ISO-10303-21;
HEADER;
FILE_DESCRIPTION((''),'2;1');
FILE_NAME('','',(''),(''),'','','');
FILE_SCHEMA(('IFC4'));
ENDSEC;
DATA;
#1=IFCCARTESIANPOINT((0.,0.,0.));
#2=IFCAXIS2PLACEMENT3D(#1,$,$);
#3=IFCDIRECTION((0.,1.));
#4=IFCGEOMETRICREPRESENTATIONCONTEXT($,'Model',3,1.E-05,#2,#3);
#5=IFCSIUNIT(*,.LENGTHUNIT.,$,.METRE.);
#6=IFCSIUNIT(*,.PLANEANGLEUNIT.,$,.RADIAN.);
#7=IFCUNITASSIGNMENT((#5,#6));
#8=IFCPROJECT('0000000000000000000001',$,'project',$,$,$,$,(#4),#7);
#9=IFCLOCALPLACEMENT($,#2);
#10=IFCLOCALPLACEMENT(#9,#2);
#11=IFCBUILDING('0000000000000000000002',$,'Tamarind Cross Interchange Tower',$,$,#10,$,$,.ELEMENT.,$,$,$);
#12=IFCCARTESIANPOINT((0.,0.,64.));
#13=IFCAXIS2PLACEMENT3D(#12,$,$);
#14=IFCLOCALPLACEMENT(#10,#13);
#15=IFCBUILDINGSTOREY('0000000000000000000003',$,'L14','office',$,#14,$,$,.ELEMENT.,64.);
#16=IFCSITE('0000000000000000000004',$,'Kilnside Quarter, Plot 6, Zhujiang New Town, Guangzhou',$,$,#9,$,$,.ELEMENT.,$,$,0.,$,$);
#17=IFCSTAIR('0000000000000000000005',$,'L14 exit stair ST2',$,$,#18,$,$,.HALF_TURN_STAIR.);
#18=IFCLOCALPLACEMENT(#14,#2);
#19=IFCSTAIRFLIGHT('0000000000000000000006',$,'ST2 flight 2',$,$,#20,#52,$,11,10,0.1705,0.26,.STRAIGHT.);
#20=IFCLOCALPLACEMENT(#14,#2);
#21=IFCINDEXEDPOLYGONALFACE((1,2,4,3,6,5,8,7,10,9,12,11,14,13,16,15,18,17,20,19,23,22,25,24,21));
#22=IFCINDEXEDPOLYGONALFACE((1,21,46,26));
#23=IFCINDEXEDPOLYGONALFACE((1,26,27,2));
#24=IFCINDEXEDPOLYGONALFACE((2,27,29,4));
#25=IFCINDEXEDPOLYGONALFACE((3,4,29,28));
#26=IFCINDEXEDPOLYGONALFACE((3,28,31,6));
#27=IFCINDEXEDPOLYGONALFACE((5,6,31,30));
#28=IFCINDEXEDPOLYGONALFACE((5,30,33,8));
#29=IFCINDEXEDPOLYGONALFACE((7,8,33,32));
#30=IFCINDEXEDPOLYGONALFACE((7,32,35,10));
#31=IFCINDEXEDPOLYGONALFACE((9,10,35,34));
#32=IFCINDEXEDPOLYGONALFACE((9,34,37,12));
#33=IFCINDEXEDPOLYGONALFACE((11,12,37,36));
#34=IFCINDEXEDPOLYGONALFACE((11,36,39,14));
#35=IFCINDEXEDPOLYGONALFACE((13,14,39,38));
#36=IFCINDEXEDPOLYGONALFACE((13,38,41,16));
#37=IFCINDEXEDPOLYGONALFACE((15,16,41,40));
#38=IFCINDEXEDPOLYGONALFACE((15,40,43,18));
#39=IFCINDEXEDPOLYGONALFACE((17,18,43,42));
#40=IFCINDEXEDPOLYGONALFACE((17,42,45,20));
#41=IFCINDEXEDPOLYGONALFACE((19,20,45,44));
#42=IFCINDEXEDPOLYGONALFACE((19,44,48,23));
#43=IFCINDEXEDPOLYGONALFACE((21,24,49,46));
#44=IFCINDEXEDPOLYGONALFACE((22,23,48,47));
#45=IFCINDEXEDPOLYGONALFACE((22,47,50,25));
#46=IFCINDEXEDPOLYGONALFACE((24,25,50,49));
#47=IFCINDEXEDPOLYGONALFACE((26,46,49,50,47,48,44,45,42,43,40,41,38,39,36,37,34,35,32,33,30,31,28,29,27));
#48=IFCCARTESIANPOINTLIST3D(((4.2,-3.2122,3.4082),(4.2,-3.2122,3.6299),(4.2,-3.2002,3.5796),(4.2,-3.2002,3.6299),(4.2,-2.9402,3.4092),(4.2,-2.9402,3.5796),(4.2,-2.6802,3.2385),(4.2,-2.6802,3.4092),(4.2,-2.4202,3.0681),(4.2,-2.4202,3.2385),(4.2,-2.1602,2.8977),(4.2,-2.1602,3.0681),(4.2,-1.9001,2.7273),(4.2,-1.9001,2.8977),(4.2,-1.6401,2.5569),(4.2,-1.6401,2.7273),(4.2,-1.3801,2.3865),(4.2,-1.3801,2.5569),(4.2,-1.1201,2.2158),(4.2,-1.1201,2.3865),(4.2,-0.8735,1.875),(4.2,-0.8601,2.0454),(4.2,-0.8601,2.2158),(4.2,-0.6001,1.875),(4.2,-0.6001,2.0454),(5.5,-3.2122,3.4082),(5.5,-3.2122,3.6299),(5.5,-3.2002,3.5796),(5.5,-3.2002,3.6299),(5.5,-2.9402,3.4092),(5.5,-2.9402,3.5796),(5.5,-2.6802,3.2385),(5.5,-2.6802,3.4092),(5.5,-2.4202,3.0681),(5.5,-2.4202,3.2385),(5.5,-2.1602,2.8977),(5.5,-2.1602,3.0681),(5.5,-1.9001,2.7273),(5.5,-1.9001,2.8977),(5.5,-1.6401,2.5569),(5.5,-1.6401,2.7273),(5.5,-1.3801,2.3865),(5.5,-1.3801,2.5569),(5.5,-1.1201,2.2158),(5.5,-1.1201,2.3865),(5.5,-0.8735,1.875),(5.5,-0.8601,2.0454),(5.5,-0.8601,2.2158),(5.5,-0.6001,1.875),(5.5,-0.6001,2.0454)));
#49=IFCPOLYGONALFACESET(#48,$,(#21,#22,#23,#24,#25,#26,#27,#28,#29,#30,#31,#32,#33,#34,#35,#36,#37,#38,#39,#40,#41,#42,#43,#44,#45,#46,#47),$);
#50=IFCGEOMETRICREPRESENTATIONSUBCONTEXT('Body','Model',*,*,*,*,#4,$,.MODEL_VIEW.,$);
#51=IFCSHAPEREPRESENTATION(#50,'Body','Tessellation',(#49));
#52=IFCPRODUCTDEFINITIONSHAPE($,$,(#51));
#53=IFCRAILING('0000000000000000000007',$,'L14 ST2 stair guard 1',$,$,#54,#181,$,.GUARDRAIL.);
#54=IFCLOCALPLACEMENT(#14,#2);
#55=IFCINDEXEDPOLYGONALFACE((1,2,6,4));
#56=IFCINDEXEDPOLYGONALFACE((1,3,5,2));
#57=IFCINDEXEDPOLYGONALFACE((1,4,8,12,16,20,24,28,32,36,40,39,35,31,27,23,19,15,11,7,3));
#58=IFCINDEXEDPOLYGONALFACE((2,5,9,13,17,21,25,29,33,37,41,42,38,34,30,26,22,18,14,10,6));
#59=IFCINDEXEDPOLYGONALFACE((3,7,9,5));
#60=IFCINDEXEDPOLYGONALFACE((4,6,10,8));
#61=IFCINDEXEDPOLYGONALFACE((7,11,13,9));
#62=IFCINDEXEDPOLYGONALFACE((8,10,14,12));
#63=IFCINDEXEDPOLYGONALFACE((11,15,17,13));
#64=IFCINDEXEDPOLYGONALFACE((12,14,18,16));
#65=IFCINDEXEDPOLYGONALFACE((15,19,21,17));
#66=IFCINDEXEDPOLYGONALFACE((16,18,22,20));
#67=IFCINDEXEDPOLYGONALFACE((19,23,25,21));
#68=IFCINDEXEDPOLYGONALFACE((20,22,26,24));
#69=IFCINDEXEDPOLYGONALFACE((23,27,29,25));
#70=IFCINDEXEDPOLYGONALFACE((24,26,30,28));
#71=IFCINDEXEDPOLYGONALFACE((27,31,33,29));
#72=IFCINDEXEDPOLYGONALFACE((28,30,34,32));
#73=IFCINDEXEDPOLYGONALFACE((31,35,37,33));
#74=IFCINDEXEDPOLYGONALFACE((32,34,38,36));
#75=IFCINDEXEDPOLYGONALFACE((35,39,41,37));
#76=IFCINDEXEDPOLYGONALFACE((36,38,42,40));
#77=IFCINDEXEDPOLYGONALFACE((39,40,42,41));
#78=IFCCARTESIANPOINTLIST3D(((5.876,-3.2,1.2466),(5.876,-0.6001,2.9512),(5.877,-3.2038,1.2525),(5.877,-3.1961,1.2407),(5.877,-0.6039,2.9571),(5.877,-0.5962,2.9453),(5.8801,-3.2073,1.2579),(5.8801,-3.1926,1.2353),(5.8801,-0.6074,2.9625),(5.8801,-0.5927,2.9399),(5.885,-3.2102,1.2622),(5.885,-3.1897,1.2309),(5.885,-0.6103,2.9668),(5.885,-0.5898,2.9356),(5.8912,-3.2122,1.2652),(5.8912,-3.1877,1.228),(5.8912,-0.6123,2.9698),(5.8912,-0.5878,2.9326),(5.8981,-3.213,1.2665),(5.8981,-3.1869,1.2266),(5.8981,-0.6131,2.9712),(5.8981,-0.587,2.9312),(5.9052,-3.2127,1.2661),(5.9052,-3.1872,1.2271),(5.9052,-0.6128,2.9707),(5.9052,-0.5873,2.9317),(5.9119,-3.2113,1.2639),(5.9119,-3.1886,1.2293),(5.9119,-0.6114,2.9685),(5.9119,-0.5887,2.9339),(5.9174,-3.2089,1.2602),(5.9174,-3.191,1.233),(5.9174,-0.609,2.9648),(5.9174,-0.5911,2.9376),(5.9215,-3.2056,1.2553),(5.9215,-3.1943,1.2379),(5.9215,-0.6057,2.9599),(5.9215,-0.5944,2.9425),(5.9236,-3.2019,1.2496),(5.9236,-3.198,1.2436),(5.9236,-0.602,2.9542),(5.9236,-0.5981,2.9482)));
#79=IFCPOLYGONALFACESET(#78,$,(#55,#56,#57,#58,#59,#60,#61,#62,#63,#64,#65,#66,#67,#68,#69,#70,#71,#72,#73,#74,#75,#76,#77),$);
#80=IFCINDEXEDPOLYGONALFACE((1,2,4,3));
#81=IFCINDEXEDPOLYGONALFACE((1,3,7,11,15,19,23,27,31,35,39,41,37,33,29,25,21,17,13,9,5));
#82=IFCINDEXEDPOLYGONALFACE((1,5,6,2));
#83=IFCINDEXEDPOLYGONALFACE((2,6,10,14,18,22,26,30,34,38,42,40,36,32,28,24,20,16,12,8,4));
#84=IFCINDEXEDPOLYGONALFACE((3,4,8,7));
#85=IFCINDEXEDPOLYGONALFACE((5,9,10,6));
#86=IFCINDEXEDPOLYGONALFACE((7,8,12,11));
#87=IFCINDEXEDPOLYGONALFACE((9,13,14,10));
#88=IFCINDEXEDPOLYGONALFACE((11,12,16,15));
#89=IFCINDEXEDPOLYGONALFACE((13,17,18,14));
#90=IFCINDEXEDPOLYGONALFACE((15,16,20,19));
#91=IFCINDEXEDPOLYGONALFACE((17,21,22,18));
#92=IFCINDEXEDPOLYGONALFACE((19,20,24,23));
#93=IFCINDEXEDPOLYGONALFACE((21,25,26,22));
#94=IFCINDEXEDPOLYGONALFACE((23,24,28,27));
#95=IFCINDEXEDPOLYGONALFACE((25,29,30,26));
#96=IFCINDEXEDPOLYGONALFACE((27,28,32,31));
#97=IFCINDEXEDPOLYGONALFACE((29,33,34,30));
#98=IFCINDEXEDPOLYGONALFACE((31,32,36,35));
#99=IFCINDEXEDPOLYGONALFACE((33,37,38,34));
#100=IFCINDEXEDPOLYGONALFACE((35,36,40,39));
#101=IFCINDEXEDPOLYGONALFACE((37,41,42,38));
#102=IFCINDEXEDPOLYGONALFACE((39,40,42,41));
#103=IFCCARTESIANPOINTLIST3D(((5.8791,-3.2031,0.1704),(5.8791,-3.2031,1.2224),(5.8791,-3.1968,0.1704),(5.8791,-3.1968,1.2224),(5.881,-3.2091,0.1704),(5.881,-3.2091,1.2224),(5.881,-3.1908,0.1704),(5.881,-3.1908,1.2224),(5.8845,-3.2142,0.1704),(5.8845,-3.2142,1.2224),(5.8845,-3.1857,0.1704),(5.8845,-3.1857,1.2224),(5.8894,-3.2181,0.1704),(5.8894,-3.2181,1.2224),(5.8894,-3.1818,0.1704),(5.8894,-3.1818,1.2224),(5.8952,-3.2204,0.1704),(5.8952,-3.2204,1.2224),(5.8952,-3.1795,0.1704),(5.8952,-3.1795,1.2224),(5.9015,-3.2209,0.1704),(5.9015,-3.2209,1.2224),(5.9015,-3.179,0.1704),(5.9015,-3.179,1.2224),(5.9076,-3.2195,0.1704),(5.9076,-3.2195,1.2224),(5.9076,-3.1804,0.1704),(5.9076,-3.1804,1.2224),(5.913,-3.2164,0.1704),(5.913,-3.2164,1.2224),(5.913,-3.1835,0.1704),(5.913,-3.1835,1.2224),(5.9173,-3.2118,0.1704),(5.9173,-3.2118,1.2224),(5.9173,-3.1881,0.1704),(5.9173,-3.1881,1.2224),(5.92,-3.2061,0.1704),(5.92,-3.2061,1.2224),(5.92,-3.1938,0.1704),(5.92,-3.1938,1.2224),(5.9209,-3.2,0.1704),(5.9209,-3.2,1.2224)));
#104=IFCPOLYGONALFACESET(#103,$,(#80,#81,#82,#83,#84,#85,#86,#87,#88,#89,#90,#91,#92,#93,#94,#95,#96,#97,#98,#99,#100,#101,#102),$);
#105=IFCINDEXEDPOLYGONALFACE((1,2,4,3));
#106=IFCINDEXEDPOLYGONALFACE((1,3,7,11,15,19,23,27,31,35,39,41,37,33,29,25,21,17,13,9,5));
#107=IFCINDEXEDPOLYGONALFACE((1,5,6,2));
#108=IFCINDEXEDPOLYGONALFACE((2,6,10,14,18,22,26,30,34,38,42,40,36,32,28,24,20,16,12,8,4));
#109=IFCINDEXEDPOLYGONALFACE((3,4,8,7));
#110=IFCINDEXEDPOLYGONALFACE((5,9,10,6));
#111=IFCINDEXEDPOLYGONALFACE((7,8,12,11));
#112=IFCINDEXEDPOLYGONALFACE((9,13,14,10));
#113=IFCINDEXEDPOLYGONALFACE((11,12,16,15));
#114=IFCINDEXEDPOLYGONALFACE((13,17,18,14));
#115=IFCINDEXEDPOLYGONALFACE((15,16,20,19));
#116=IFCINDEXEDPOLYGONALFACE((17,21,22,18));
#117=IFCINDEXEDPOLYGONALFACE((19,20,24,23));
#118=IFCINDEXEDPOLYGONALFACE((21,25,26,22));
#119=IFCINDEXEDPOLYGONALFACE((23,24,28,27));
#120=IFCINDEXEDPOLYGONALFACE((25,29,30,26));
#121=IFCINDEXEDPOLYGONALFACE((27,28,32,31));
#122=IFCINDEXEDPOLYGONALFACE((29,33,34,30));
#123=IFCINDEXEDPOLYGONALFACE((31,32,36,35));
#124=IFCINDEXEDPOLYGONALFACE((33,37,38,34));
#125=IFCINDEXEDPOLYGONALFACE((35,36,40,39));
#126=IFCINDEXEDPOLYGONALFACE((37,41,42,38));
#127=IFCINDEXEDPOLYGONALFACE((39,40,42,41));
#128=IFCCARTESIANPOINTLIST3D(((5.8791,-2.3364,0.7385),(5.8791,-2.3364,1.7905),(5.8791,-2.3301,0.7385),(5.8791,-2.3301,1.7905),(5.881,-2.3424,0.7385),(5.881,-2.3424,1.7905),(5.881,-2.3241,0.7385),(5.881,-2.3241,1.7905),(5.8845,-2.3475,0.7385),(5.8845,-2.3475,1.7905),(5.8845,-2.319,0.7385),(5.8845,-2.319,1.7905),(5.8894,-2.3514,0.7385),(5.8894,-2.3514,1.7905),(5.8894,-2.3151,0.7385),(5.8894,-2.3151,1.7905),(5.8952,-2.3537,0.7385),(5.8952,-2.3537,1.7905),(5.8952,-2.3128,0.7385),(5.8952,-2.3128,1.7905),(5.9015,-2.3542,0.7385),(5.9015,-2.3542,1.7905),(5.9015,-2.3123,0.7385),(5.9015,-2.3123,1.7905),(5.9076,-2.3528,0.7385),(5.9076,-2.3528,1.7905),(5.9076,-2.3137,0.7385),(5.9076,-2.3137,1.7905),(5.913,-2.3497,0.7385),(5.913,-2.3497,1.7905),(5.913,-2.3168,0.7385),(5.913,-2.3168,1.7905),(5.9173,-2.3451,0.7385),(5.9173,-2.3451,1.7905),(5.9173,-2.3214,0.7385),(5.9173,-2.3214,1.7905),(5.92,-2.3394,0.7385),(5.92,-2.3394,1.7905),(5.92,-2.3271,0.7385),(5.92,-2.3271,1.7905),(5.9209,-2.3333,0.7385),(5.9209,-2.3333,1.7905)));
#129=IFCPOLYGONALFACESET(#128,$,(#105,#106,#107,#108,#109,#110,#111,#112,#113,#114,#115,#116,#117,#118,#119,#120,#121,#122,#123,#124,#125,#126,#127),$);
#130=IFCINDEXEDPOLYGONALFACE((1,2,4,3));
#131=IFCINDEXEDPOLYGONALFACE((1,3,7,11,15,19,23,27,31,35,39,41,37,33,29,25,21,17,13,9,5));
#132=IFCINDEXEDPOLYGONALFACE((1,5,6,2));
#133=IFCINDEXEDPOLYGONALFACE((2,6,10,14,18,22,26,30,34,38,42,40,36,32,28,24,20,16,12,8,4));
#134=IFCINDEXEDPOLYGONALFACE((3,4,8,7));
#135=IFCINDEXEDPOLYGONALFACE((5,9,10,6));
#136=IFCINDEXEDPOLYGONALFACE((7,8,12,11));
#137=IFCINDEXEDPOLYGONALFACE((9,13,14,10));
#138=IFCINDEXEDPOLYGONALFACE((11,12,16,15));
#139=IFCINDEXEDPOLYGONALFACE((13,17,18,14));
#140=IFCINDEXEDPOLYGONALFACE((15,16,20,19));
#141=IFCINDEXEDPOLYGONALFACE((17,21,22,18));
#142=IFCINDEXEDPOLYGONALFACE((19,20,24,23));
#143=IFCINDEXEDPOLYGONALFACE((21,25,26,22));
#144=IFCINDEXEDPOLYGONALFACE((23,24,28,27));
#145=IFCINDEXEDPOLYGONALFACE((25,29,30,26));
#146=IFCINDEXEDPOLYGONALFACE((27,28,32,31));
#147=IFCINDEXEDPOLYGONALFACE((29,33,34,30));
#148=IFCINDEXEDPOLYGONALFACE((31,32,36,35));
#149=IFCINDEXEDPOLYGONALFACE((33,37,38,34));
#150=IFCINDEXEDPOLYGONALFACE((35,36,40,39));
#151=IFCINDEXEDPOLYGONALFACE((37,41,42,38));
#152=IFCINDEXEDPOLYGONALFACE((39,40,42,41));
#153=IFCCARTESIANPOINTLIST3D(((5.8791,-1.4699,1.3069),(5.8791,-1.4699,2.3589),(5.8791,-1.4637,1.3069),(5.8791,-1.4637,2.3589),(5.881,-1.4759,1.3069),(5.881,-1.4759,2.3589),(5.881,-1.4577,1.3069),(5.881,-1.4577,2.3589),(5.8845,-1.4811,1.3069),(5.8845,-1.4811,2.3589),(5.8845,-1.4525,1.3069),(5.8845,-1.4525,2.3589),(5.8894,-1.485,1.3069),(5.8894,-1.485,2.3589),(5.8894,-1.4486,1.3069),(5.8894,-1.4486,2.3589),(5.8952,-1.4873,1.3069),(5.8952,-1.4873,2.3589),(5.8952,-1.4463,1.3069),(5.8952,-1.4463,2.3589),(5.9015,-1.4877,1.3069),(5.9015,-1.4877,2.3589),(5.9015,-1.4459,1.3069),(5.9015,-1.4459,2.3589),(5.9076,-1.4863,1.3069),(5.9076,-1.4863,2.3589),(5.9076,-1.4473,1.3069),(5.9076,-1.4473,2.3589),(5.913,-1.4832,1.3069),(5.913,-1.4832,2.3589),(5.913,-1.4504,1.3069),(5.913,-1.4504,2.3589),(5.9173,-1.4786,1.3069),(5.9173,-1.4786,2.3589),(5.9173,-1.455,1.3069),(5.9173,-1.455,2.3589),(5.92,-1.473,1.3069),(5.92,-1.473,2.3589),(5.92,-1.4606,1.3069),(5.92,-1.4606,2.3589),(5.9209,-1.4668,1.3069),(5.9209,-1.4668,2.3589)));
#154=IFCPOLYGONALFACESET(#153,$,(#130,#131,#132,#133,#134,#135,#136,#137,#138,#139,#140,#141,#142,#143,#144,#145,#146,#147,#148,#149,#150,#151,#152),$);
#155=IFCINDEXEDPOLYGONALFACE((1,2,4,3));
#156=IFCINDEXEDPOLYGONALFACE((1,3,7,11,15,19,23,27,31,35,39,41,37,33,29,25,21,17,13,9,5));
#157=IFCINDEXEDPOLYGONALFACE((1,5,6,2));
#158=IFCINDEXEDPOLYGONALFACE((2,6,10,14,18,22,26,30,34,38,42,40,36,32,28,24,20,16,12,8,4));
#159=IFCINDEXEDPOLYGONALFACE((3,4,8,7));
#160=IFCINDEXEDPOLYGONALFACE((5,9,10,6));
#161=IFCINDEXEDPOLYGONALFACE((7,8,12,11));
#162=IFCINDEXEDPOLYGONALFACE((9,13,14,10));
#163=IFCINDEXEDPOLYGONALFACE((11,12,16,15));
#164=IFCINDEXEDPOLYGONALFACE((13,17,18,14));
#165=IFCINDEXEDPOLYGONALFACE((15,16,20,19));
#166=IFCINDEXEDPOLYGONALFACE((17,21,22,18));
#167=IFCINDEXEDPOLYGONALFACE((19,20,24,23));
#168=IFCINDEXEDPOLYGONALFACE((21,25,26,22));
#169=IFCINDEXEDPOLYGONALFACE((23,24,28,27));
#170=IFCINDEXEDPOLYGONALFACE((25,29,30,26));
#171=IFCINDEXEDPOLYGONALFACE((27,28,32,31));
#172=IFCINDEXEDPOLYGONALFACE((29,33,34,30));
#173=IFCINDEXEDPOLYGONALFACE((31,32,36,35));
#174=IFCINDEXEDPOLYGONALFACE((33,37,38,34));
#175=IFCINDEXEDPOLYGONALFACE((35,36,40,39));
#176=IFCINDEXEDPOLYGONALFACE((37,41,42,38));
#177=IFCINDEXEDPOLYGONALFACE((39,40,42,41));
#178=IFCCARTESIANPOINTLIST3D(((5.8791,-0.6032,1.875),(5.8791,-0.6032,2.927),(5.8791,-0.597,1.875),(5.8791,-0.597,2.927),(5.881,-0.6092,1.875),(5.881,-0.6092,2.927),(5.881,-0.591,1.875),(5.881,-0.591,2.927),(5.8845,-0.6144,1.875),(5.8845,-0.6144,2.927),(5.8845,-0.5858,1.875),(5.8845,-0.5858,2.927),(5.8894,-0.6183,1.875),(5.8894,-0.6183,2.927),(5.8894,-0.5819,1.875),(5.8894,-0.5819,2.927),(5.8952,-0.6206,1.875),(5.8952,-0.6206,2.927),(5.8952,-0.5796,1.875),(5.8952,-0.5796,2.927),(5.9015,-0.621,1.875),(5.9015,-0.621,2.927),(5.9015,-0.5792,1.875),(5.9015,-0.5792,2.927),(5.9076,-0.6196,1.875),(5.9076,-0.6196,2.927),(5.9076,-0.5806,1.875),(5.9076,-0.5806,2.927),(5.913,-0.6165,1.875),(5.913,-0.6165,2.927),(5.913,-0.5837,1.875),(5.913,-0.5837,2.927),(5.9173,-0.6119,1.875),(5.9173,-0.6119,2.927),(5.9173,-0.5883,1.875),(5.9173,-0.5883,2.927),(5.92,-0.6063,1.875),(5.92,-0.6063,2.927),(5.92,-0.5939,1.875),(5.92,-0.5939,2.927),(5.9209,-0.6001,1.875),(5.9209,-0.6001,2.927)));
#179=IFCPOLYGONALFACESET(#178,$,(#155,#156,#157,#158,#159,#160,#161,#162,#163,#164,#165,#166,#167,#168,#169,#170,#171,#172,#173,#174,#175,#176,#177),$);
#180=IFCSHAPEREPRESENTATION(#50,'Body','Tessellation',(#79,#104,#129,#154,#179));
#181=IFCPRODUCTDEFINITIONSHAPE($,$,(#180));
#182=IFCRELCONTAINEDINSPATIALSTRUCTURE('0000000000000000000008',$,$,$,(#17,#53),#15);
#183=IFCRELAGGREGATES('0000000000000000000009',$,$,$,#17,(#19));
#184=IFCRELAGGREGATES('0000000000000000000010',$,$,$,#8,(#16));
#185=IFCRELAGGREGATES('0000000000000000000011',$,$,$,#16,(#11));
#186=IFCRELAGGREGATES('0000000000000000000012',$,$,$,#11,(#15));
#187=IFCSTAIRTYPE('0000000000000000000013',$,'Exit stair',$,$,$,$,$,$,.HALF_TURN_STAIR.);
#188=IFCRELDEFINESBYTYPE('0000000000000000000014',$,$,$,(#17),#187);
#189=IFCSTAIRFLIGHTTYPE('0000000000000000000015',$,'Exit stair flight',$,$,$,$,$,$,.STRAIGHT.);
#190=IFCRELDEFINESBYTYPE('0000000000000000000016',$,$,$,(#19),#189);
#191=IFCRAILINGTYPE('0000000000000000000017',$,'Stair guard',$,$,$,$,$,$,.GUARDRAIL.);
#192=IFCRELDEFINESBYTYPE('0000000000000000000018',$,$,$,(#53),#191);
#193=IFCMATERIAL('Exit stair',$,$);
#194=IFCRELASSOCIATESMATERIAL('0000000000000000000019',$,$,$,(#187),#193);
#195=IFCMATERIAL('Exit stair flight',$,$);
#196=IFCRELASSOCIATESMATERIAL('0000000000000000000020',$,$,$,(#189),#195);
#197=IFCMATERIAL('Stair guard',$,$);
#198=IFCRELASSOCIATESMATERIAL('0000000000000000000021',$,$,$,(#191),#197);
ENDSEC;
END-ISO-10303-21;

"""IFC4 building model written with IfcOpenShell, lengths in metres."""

from ifc_helpers import new_model, si_unit, direction, frame, origin, origin_2d, place, context, subcontext, project, spatial, polyline, circle, outline, extrude, material, type_object, element, aggregate, save


model = new_model("IFC4")

# Units and contexts
model_context = context("Model", 3, precision=1e-05, world=origin(), true_north=direction((0.0, 1.0)))
body_context = subcontext(model_context, "Body", "Model", "MODEL_VIEW")
ifc_project = project(units=[si_unit("LENGTHUNIT", "METRE"), si_unit("PLANEANGLEUNIT", "RADIAN")], contexts=[model_context])

# Site, building, storey
site_placement = place(None, origin())
site = spatial("IfcSite", under=ifc_project, at=site_placement, Name="Kilnside Quarter, Plot 6, Zhujiang New Town, Guangzhou", CompositionType="ELEMENT", RefElevation=0.0)
building_placement = place(site_placement, origin())
building = spatial("IfcBuilding", under=site, at=building_placement, Name="Tamarind Cross Interchange Tower", CompositionType="ELEMENT")
storey_placement = place(building_placement, frame((0.0, 0.0, 64.0)))
storey = spatial("IfcBuildingStorey", under=building, at=storey_placement, Name="L14", Description="office", CompositionType="ELEMENT", Elevation=64.0)

# Stair, stair flight
ifc_material_1 = material(Name="Exit stair")
stair_type = type_object("IfcStairType", Name="Exit stair", PredefinedType="HALF_TURN_STAIR", material=ifc_material_1)
stair_placement = place(storey_placement, origin())
stair = element("IfcStair", 1, at=stair_placement, inside=storey, type_object=stair_type, Name="L14 exit stair ST2", PredefinedType="HALF_TURN_STAIR")
ifc_material_2 = material(Name="Exit stair flight")
stair_flight_type = type_object("IfcStairFlightType", Name="Exit stair flight", PredefinedType="STRAIGHT", material=ifc_material_2)
stair_flight_1_placement = place(storey_placement, frame((4.8501, -0.6001, 1.875), z_axis=(0.0, 0.0, 1.0), x_axis=(0.0, -1.0, 0.0)))
stair_flight_1 = element("IfcStairFlight", 2, at=stair_flight_1_placement, type_object=stair_flight_type, Name="ST2 flight 2", NumberOfRisers=11, NumberOfTreads=10, PredefinedType="STRAIGHT", RiserHeight=0.1705, TreadLength=0.26, context=body_context, shape_type="SweptSolid", body=[
    extrude(outline(polyline([(0.0, 0.0), (0.0, 0.1704), (0.26, 0.1704), (0.26, 0.3408), (0.52, 0.3408), (0.52, 0.5115), (0.78, 0.5115), (0.78, 0.6819), (1.04, 0.6819), (1.04, 0.8523), (1.3, 0.8523), (1.3, 1.0227), (1.5601, 1.0227), (1.5601, 1.1931), (1.8201, 1.1931), (1.8201, 1.3635), (2.0801, 1.3635), (2.0801, 1.5342), (2.3401, 1.5342), (2.3401, 1.7046), (2.6001, 1.7046), (2.6001, 1.7549), (2.6121, 1.7549), (2.6121, 1.5332), (0.2734, 0.0), (0.0, 0.0)])), frame((0.0, 0.6499, 0.0), z_axis=(0.0, -1.0, 0.0), x_axis=(1.0, 0.0, 0.0)), (0.0, 0.0, 1.0), 1.3),
])
aggregate(stair, [stair_flight_1])

# Railing
ifc_material_3 = material(Name="Stair guard")
railing_type_1 = type_object("IfcRailingType", Name="Stair guard", PredefinedType="GUARDRAIL", material=ifc_material_3)
railing_1_placement = place(storey_placement, frame((5.8999, -3.2, 0.1704)))
element("IfcRailing", 3, at=railing_1_placement, inside=storey, type_object=railing_type_1, Name="L14 ST2 stair guard 1", PredefinedType="GUARDRAIL", context=body_context, shape_type="SweptSolid", body=[
    extrude(circle(Radius=0.0239, at=origin_2d()), frame((0.0, 0.0, 1.0762), z_axis=(0.0, 0.836279, 0.548305), x_axis=(-1.0, 0.0, 0.0)), (0.0, 0.0, 1.0), 3.1089),
    extrude(circle(Radius=0.021, at=origin_2d()), origin(), (0.0, 0.0, 1.0), 1.052),
    extrude(circle(Radius=0.021, at=origin_2d()), frame((0.0, 0.8667, 0.5681)), (0.0, 0.0, 1.0), 1.052),
    extrude(circle(Radius=0.021, at=origin_2d()), frame((0.0, 1.7332, 1.1365)), (0.0, 0.0, 1.0), 1.052),
    extrude(circle(Radius=0.021, at=origin_2d()), frame((0.0, 2.5999, 1.7046)), (0.0, 0.0, 1.0), 1.052),
])

save(model, "model.ifc")
